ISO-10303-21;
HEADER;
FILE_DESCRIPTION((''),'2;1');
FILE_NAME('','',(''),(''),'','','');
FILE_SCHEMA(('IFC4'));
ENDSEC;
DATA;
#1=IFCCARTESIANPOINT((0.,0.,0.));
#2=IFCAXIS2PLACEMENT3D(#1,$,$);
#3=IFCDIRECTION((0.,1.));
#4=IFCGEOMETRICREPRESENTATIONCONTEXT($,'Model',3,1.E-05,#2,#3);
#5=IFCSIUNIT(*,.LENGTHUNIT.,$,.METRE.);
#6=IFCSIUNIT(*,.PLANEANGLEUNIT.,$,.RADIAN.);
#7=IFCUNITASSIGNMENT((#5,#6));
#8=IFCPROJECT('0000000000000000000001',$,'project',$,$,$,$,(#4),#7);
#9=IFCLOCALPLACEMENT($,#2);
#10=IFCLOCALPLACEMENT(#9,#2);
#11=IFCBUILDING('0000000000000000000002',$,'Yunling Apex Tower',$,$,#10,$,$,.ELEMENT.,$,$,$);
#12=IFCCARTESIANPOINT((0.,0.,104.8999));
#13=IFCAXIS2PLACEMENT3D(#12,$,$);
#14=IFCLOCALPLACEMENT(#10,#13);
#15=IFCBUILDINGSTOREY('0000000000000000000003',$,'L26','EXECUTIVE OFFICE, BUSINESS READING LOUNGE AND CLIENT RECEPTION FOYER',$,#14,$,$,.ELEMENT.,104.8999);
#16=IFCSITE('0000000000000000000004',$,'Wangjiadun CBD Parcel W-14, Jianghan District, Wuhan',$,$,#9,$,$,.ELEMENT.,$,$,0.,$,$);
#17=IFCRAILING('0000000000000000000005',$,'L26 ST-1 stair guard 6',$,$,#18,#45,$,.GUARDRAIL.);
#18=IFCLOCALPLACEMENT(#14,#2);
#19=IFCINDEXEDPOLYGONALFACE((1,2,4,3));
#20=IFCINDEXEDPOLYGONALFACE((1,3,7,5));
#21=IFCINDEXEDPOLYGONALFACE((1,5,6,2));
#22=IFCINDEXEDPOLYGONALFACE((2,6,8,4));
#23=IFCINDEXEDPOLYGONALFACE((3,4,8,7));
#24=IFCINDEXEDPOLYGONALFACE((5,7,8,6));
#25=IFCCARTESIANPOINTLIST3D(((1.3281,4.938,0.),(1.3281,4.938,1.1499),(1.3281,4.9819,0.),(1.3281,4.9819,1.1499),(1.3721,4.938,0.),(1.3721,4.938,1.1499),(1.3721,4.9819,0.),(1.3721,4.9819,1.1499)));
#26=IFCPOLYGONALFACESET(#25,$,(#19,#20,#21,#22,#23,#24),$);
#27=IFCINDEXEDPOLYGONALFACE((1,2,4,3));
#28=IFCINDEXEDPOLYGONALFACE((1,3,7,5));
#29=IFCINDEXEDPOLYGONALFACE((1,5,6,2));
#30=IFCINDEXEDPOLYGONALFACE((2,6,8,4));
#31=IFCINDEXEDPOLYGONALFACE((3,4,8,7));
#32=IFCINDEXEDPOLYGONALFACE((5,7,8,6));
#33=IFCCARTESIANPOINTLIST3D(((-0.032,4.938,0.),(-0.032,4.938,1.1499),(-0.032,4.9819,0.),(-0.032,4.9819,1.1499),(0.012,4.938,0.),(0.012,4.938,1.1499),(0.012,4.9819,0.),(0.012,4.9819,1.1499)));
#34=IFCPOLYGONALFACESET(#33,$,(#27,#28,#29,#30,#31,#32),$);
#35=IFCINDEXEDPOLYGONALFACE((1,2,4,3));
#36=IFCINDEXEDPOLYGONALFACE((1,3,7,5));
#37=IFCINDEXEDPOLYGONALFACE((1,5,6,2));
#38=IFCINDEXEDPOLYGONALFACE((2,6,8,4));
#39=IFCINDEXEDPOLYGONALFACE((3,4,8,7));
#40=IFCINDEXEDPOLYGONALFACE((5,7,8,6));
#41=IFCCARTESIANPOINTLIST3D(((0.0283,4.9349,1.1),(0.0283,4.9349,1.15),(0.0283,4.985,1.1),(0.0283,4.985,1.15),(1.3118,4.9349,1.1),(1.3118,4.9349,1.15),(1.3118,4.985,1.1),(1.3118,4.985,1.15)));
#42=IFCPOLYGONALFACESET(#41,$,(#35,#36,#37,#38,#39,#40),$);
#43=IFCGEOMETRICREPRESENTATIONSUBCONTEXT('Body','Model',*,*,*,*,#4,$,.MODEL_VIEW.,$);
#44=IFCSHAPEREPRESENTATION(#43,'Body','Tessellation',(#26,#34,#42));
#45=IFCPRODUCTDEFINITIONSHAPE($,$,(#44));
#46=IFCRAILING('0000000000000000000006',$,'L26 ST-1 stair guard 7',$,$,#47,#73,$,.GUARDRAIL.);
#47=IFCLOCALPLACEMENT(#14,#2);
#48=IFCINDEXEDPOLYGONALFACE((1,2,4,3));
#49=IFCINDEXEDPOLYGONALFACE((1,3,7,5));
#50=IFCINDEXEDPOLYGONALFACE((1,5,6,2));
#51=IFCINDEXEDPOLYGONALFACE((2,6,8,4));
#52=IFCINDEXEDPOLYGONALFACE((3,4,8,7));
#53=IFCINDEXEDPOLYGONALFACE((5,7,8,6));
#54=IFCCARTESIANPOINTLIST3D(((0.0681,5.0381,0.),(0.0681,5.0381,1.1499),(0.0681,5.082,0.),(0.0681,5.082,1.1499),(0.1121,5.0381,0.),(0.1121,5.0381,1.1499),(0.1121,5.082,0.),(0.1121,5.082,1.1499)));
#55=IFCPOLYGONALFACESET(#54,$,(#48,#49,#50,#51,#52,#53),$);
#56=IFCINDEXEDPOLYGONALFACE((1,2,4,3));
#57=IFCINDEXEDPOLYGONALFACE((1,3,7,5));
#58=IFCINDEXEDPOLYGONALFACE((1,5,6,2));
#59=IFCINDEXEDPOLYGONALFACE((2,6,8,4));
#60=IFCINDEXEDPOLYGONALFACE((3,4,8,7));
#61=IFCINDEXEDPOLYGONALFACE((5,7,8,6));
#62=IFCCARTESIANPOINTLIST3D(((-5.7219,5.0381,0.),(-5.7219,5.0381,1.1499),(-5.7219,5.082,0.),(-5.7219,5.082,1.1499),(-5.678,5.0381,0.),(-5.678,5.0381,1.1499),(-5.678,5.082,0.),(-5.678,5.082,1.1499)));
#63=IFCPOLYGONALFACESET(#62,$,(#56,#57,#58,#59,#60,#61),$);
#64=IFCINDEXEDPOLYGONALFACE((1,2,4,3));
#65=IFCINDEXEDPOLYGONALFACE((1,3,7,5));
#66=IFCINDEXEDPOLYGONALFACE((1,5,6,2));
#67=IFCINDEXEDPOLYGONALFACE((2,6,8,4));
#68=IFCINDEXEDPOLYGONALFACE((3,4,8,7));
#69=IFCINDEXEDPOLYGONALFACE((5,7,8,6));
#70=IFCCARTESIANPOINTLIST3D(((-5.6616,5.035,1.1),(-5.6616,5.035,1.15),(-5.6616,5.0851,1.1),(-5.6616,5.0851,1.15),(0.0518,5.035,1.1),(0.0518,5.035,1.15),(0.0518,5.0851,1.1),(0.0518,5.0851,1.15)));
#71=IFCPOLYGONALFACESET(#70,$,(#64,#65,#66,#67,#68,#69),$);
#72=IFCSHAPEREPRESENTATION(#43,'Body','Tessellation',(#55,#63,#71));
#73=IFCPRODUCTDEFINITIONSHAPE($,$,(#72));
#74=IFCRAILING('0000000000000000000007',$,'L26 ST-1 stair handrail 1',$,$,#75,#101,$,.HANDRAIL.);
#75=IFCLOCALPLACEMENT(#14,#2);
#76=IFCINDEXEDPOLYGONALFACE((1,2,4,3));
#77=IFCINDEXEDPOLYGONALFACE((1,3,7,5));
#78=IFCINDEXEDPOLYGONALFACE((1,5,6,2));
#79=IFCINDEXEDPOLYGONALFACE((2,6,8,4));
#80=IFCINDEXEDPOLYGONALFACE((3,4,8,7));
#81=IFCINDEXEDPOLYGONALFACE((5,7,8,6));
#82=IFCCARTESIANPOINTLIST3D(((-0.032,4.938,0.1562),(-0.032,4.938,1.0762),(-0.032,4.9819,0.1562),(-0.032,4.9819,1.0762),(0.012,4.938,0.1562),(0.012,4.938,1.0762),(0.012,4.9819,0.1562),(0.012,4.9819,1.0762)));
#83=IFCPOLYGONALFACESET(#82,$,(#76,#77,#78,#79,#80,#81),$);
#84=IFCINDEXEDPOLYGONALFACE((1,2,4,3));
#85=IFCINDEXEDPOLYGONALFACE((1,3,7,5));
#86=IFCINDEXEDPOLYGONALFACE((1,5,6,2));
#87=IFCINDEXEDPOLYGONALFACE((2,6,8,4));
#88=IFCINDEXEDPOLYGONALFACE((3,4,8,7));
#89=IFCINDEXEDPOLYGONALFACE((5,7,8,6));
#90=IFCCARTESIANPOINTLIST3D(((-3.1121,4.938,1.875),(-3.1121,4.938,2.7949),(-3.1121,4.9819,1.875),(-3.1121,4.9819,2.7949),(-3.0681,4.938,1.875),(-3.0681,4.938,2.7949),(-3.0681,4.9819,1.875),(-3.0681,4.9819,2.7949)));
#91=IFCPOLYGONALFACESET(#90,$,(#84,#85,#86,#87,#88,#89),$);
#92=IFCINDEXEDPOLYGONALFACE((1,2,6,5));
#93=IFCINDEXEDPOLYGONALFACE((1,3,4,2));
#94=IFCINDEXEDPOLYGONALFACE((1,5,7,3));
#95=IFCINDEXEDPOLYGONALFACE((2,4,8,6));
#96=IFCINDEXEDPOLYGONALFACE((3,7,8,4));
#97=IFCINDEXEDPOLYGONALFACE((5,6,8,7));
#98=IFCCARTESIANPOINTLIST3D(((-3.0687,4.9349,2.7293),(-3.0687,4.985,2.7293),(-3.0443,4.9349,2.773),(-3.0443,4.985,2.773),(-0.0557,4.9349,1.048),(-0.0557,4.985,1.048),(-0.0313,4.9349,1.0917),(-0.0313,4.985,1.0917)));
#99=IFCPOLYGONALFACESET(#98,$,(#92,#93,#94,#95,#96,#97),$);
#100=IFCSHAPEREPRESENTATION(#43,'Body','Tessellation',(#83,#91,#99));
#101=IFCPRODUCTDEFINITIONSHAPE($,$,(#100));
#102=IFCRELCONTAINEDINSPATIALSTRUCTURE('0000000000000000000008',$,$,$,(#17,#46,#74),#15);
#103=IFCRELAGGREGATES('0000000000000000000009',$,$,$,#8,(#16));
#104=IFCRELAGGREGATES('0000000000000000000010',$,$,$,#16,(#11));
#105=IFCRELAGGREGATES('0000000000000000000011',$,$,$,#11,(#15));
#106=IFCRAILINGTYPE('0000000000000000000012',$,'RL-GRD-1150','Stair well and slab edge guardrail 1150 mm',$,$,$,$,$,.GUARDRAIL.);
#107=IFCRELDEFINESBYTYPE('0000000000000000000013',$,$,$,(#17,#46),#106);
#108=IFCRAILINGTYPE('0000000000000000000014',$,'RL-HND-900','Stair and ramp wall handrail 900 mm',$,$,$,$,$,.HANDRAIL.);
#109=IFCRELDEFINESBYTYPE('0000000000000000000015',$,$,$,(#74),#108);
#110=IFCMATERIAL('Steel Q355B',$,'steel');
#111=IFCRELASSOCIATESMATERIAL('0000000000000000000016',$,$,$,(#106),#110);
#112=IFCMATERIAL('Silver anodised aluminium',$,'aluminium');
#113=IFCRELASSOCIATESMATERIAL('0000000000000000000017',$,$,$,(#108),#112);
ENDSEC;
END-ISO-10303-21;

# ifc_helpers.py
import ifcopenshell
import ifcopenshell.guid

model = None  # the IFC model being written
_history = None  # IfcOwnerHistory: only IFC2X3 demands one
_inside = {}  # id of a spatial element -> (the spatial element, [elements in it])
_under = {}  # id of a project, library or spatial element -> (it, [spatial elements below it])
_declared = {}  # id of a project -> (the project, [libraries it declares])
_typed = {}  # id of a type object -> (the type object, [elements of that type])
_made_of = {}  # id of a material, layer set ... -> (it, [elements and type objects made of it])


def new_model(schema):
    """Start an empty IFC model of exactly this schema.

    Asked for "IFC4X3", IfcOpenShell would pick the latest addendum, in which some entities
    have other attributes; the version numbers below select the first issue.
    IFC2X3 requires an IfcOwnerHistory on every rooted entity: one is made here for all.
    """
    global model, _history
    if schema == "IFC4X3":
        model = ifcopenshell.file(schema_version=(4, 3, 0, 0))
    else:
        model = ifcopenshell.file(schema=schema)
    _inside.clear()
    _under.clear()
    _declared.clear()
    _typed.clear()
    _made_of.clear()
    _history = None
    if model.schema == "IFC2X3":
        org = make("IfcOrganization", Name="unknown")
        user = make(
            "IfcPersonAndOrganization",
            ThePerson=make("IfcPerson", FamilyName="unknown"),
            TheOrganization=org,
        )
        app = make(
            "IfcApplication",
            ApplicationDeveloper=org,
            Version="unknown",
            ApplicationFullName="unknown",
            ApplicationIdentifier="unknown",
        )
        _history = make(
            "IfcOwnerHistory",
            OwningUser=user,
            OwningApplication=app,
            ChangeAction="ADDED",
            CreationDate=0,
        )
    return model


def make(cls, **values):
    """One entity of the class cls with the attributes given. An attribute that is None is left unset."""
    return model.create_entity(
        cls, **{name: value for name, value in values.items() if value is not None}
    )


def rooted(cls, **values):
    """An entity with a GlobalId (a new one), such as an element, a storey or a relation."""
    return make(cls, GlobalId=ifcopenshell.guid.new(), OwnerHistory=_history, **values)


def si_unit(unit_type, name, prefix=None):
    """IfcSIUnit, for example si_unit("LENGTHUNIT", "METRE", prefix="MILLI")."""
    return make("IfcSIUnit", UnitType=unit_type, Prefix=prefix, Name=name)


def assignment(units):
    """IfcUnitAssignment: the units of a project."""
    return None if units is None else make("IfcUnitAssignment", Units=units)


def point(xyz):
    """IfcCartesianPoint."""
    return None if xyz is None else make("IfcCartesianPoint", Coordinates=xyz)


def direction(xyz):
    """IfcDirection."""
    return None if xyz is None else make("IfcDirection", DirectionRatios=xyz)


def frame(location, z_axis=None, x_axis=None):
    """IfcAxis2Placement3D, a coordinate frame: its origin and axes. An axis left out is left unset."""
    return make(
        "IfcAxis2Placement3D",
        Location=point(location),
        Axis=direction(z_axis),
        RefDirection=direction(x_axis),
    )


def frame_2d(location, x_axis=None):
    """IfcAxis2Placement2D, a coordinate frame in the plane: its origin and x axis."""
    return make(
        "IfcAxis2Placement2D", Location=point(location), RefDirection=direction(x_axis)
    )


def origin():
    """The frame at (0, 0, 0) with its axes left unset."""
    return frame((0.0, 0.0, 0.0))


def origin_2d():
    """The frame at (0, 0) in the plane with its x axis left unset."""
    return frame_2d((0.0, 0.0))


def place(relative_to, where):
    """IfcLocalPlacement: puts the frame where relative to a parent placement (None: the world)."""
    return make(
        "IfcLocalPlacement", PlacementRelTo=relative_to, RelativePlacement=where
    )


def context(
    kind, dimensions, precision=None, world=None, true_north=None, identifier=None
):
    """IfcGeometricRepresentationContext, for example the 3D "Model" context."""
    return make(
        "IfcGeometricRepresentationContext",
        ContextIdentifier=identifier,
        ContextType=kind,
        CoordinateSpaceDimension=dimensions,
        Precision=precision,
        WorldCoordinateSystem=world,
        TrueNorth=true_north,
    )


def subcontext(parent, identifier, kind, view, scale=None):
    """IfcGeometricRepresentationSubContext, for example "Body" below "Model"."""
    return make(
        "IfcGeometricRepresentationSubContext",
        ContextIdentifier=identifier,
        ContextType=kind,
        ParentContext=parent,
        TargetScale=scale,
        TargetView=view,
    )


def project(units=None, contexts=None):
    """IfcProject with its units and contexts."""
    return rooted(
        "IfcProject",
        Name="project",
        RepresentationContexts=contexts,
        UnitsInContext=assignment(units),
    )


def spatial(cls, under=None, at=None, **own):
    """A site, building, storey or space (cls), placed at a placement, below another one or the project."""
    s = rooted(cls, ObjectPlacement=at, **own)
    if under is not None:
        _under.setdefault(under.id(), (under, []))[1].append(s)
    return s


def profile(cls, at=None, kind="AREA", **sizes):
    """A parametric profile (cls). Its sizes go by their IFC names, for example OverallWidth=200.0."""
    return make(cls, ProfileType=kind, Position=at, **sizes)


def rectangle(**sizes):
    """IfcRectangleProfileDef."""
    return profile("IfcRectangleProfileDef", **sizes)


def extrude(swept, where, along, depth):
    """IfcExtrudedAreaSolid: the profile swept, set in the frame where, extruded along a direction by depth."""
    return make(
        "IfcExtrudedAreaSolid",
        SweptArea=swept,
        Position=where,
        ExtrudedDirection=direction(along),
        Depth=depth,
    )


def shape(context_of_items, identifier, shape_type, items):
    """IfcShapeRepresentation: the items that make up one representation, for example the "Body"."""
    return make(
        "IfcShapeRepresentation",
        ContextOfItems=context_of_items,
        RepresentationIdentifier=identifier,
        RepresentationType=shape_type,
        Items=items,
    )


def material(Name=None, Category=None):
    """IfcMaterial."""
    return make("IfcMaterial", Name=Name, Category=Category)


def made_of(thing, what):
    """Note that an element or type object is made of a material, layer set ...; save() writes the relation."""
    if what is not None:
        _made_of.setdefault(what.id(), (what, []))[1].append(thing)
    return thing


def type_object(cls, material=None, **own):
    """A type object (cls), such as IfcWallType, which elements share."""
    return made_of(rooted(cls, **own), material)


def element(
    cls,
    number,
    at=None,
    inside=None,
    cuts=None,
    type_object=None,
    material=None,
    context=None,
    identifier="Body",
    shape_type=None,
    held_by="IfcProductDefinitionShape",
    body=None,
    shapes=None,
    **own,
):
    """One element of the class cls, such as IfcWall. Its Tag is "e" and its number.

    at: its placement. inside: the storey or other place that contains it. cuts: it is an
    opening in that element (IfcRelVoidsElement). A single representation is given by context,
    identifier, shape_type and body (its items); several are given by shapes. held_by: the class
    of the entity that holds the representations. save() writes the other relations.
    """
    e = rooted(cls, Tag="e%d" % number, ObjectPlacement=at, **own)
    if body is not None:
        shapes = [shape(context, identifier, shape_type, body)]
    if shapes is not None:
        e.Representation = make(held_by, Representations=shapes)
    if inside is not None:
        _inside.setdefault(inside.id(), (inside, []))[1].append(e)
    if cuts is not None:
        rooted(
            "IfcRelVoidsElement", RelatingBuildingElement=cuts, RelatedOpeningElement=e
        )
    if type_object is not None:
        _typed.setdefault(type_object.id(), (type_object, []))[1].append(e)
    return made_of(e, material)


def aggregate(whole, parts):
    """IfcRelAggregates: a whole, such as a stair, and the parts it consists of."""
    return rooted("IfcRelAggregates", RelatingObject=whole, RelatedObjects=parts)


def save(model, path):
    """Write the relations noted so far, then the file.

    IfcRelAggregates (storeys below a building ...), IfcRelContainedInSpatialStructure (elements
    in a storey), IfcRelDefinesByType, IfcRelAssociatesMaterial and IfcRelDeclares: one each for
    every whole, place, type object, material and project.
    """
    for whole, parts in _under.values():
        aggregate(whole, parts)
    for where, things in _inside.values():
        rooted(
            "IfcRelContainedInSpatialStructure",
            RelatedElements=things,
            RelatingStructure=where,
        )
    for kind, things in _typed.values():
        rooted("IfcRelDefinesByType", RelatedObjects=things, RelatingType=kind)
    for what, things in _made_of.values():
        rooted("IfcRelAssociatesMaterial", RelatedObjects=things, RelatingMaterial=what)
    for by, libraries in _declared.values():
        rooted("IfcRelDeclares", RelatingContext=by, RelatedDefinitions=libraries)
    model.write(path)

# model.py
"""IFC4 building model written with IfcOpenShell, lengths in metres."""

from ifc_helpers import new_model, si_unit, direction, frame, origin, origin_2d, place, context, subcontext, project, spatial, rectangle, extrude, material, type_object, element, save


model = new_model("IFC4")

# Units and contexts
model_context = context("Model", 3, precision=1e-05, world=origin(), true_north=direction((0.0, 1.0)))
body_context = subcontext(model_context, "Body", "Model", "MODEL_VIEW")
ifc_project = project(units=[si_unit("LENGTHUNIT", "METRE"), si_unit("PLANEANGLEUNIT", "RADIAN")], contexts=[model_context])

# Site, building, storey
site_placement = place(None, origin())
site = spatial("IfcSite", under=ifc_project, at=site_placement, Name="Wangjiadun CBD Parcel W-14, Jianghan District, Wuhan", CompositionType="ELEMENT", RefElevation=0.0)
building_placement = place(site_placement, origin())
building = spatial("IfcBuilding", under=site, at=building_placement, Name="Yunling Apex Tower", CompositionType="ELEMENT")
storey_placement = place(building_placement, frame((0.0, 0.0, 104.8999)))
storey = spatial("IfcBuildingStorey", under=building, at=storey_placement, Name="L26", Description="EXECUTIVE OFFICE, BUSINESS READING LOUNGE AND CLIENT RECEPTION FOYER", CompositionType="ELEMENT", Elevation=104.8999)

# Shared definitions
ifc_material_1 = material(Name="Steel Q355B", Category="steel")

# Railings
railing_type_1 = type_object("IfcRailingType", Name="RL-GRD-1150", Description="Stair well and slab edge guardrail 1150 mm", PredefinedType="GUARDRAIL", material=ifc_material_1)
railing_1_placement = place(storey_placement, frame((1.3501, 4.96, 0.0)))
element("IfcRailing", 1, at=railing_1_placement, inside=storey, type_object=railing_type_1, Name="L26 ST-1 stair guard 6", PredefinedType="GUARDRAIL", context=body_context, shape_type="SweptSolid", body=[
    extrude(rectangle(XDim=0.0439, YDim=0.0439, at=origin_2d()), origin(), (0.0, 0.0, 1.0), 1.1499),
    extrude(rectangle(XDim=0.0439, YDim=0.0439, at=origin_2d()), frame((-1.3601, 0.0, 0.0)), (0.0, 0.0, 1.0), 1.1499),
    extrude(rectangle(XDim=0.05, YDim=0.05, at=origin_2d()), frame((-0.0383, 0.0, 1.125), z_axis=(-1.0, 0.0, 0.0), x_axis=(0.0, -1.0, 0.0)), (0.0, 0.0, 1.0), 1.2834),
])
railing_2_placement = place(storey_placement, frame((0.0901, 5.0601, 0.0)))
element("IfcRailing", 2, at=railing_2_placement, inside=storey, type_object=railing_type_1, Name="L26 ST-1 stair guard 7", PredefinedType="GUARDRAIL", context=body_context, shape_type="SweptSolid", body=[
    extrude(rectangle(XDim=0.0439, YDim=0.0439, at=origin_2d()), origin(), (0.0, 0.0, 1.0), 1.1499),
    extrude(rectangle(XDim=0.0439, YDim=0.0439, at=origin_2d()), frame((-5.79, 0.0, 0.0)), (0.0, 0.0, 1.0), 1.1499),
    extrude(rectangle(XDim=0.05, YDim=0.05, at=origin_2d()), frame((-0.0383, 0.0, 1.125), z_axis=(-1.0, 0.0, 0.0), x_axis=(0.0, -1.0, 0.0)), (0.0, 0.0, 1.0), 5.7134),
])
ifc_material_2 = material(Name="Silver anodised aluminium", Category="aluminium")
railing_type_2 = type_object("IfcRailingType", Name="RL-HND-900", Description="Stair and ramp wall handrail 900 mm", PredefinedType="HANDRAIL", material=ifc_material_2)
railing_3_placement = place(storey_placement, frame((-0.01, 4.96, 0.1562)))
element("IfcRailing", 3, at=railing_3_placement, inside=storey, type_object=railing_type_2, Name="L26 ST-1 stair handrail 1", PredefinedType="HANDRAIL", context=body_context, shape_type="SweptSolid", body=[
    extrude(rectangle(XDim=0.0439, YDim=0.0439, at=origin_2d()), origin(), (0.0, 0.0, 1.0), 0.9199),
    extrude(rectangle(XDim=0.0439, YDim=0.0439, at=origin_2d()), frame((-3.0801, 0.0, 1.7188)), (0.0, 0.0, 1.0), 0.9199),
    extrude(rectangle(XDim=0.05, YDim=0.05, at=origin_2d()), frame((-0.0334, 0.0, 0.9136), z_axis=(-0.873242, 0.0, 0.487288), x_axis=(0.0, -1.0, 0.0)), (0.0, 0.0, 1.0), 3.4504),
])

save(model, "model.ifc")
